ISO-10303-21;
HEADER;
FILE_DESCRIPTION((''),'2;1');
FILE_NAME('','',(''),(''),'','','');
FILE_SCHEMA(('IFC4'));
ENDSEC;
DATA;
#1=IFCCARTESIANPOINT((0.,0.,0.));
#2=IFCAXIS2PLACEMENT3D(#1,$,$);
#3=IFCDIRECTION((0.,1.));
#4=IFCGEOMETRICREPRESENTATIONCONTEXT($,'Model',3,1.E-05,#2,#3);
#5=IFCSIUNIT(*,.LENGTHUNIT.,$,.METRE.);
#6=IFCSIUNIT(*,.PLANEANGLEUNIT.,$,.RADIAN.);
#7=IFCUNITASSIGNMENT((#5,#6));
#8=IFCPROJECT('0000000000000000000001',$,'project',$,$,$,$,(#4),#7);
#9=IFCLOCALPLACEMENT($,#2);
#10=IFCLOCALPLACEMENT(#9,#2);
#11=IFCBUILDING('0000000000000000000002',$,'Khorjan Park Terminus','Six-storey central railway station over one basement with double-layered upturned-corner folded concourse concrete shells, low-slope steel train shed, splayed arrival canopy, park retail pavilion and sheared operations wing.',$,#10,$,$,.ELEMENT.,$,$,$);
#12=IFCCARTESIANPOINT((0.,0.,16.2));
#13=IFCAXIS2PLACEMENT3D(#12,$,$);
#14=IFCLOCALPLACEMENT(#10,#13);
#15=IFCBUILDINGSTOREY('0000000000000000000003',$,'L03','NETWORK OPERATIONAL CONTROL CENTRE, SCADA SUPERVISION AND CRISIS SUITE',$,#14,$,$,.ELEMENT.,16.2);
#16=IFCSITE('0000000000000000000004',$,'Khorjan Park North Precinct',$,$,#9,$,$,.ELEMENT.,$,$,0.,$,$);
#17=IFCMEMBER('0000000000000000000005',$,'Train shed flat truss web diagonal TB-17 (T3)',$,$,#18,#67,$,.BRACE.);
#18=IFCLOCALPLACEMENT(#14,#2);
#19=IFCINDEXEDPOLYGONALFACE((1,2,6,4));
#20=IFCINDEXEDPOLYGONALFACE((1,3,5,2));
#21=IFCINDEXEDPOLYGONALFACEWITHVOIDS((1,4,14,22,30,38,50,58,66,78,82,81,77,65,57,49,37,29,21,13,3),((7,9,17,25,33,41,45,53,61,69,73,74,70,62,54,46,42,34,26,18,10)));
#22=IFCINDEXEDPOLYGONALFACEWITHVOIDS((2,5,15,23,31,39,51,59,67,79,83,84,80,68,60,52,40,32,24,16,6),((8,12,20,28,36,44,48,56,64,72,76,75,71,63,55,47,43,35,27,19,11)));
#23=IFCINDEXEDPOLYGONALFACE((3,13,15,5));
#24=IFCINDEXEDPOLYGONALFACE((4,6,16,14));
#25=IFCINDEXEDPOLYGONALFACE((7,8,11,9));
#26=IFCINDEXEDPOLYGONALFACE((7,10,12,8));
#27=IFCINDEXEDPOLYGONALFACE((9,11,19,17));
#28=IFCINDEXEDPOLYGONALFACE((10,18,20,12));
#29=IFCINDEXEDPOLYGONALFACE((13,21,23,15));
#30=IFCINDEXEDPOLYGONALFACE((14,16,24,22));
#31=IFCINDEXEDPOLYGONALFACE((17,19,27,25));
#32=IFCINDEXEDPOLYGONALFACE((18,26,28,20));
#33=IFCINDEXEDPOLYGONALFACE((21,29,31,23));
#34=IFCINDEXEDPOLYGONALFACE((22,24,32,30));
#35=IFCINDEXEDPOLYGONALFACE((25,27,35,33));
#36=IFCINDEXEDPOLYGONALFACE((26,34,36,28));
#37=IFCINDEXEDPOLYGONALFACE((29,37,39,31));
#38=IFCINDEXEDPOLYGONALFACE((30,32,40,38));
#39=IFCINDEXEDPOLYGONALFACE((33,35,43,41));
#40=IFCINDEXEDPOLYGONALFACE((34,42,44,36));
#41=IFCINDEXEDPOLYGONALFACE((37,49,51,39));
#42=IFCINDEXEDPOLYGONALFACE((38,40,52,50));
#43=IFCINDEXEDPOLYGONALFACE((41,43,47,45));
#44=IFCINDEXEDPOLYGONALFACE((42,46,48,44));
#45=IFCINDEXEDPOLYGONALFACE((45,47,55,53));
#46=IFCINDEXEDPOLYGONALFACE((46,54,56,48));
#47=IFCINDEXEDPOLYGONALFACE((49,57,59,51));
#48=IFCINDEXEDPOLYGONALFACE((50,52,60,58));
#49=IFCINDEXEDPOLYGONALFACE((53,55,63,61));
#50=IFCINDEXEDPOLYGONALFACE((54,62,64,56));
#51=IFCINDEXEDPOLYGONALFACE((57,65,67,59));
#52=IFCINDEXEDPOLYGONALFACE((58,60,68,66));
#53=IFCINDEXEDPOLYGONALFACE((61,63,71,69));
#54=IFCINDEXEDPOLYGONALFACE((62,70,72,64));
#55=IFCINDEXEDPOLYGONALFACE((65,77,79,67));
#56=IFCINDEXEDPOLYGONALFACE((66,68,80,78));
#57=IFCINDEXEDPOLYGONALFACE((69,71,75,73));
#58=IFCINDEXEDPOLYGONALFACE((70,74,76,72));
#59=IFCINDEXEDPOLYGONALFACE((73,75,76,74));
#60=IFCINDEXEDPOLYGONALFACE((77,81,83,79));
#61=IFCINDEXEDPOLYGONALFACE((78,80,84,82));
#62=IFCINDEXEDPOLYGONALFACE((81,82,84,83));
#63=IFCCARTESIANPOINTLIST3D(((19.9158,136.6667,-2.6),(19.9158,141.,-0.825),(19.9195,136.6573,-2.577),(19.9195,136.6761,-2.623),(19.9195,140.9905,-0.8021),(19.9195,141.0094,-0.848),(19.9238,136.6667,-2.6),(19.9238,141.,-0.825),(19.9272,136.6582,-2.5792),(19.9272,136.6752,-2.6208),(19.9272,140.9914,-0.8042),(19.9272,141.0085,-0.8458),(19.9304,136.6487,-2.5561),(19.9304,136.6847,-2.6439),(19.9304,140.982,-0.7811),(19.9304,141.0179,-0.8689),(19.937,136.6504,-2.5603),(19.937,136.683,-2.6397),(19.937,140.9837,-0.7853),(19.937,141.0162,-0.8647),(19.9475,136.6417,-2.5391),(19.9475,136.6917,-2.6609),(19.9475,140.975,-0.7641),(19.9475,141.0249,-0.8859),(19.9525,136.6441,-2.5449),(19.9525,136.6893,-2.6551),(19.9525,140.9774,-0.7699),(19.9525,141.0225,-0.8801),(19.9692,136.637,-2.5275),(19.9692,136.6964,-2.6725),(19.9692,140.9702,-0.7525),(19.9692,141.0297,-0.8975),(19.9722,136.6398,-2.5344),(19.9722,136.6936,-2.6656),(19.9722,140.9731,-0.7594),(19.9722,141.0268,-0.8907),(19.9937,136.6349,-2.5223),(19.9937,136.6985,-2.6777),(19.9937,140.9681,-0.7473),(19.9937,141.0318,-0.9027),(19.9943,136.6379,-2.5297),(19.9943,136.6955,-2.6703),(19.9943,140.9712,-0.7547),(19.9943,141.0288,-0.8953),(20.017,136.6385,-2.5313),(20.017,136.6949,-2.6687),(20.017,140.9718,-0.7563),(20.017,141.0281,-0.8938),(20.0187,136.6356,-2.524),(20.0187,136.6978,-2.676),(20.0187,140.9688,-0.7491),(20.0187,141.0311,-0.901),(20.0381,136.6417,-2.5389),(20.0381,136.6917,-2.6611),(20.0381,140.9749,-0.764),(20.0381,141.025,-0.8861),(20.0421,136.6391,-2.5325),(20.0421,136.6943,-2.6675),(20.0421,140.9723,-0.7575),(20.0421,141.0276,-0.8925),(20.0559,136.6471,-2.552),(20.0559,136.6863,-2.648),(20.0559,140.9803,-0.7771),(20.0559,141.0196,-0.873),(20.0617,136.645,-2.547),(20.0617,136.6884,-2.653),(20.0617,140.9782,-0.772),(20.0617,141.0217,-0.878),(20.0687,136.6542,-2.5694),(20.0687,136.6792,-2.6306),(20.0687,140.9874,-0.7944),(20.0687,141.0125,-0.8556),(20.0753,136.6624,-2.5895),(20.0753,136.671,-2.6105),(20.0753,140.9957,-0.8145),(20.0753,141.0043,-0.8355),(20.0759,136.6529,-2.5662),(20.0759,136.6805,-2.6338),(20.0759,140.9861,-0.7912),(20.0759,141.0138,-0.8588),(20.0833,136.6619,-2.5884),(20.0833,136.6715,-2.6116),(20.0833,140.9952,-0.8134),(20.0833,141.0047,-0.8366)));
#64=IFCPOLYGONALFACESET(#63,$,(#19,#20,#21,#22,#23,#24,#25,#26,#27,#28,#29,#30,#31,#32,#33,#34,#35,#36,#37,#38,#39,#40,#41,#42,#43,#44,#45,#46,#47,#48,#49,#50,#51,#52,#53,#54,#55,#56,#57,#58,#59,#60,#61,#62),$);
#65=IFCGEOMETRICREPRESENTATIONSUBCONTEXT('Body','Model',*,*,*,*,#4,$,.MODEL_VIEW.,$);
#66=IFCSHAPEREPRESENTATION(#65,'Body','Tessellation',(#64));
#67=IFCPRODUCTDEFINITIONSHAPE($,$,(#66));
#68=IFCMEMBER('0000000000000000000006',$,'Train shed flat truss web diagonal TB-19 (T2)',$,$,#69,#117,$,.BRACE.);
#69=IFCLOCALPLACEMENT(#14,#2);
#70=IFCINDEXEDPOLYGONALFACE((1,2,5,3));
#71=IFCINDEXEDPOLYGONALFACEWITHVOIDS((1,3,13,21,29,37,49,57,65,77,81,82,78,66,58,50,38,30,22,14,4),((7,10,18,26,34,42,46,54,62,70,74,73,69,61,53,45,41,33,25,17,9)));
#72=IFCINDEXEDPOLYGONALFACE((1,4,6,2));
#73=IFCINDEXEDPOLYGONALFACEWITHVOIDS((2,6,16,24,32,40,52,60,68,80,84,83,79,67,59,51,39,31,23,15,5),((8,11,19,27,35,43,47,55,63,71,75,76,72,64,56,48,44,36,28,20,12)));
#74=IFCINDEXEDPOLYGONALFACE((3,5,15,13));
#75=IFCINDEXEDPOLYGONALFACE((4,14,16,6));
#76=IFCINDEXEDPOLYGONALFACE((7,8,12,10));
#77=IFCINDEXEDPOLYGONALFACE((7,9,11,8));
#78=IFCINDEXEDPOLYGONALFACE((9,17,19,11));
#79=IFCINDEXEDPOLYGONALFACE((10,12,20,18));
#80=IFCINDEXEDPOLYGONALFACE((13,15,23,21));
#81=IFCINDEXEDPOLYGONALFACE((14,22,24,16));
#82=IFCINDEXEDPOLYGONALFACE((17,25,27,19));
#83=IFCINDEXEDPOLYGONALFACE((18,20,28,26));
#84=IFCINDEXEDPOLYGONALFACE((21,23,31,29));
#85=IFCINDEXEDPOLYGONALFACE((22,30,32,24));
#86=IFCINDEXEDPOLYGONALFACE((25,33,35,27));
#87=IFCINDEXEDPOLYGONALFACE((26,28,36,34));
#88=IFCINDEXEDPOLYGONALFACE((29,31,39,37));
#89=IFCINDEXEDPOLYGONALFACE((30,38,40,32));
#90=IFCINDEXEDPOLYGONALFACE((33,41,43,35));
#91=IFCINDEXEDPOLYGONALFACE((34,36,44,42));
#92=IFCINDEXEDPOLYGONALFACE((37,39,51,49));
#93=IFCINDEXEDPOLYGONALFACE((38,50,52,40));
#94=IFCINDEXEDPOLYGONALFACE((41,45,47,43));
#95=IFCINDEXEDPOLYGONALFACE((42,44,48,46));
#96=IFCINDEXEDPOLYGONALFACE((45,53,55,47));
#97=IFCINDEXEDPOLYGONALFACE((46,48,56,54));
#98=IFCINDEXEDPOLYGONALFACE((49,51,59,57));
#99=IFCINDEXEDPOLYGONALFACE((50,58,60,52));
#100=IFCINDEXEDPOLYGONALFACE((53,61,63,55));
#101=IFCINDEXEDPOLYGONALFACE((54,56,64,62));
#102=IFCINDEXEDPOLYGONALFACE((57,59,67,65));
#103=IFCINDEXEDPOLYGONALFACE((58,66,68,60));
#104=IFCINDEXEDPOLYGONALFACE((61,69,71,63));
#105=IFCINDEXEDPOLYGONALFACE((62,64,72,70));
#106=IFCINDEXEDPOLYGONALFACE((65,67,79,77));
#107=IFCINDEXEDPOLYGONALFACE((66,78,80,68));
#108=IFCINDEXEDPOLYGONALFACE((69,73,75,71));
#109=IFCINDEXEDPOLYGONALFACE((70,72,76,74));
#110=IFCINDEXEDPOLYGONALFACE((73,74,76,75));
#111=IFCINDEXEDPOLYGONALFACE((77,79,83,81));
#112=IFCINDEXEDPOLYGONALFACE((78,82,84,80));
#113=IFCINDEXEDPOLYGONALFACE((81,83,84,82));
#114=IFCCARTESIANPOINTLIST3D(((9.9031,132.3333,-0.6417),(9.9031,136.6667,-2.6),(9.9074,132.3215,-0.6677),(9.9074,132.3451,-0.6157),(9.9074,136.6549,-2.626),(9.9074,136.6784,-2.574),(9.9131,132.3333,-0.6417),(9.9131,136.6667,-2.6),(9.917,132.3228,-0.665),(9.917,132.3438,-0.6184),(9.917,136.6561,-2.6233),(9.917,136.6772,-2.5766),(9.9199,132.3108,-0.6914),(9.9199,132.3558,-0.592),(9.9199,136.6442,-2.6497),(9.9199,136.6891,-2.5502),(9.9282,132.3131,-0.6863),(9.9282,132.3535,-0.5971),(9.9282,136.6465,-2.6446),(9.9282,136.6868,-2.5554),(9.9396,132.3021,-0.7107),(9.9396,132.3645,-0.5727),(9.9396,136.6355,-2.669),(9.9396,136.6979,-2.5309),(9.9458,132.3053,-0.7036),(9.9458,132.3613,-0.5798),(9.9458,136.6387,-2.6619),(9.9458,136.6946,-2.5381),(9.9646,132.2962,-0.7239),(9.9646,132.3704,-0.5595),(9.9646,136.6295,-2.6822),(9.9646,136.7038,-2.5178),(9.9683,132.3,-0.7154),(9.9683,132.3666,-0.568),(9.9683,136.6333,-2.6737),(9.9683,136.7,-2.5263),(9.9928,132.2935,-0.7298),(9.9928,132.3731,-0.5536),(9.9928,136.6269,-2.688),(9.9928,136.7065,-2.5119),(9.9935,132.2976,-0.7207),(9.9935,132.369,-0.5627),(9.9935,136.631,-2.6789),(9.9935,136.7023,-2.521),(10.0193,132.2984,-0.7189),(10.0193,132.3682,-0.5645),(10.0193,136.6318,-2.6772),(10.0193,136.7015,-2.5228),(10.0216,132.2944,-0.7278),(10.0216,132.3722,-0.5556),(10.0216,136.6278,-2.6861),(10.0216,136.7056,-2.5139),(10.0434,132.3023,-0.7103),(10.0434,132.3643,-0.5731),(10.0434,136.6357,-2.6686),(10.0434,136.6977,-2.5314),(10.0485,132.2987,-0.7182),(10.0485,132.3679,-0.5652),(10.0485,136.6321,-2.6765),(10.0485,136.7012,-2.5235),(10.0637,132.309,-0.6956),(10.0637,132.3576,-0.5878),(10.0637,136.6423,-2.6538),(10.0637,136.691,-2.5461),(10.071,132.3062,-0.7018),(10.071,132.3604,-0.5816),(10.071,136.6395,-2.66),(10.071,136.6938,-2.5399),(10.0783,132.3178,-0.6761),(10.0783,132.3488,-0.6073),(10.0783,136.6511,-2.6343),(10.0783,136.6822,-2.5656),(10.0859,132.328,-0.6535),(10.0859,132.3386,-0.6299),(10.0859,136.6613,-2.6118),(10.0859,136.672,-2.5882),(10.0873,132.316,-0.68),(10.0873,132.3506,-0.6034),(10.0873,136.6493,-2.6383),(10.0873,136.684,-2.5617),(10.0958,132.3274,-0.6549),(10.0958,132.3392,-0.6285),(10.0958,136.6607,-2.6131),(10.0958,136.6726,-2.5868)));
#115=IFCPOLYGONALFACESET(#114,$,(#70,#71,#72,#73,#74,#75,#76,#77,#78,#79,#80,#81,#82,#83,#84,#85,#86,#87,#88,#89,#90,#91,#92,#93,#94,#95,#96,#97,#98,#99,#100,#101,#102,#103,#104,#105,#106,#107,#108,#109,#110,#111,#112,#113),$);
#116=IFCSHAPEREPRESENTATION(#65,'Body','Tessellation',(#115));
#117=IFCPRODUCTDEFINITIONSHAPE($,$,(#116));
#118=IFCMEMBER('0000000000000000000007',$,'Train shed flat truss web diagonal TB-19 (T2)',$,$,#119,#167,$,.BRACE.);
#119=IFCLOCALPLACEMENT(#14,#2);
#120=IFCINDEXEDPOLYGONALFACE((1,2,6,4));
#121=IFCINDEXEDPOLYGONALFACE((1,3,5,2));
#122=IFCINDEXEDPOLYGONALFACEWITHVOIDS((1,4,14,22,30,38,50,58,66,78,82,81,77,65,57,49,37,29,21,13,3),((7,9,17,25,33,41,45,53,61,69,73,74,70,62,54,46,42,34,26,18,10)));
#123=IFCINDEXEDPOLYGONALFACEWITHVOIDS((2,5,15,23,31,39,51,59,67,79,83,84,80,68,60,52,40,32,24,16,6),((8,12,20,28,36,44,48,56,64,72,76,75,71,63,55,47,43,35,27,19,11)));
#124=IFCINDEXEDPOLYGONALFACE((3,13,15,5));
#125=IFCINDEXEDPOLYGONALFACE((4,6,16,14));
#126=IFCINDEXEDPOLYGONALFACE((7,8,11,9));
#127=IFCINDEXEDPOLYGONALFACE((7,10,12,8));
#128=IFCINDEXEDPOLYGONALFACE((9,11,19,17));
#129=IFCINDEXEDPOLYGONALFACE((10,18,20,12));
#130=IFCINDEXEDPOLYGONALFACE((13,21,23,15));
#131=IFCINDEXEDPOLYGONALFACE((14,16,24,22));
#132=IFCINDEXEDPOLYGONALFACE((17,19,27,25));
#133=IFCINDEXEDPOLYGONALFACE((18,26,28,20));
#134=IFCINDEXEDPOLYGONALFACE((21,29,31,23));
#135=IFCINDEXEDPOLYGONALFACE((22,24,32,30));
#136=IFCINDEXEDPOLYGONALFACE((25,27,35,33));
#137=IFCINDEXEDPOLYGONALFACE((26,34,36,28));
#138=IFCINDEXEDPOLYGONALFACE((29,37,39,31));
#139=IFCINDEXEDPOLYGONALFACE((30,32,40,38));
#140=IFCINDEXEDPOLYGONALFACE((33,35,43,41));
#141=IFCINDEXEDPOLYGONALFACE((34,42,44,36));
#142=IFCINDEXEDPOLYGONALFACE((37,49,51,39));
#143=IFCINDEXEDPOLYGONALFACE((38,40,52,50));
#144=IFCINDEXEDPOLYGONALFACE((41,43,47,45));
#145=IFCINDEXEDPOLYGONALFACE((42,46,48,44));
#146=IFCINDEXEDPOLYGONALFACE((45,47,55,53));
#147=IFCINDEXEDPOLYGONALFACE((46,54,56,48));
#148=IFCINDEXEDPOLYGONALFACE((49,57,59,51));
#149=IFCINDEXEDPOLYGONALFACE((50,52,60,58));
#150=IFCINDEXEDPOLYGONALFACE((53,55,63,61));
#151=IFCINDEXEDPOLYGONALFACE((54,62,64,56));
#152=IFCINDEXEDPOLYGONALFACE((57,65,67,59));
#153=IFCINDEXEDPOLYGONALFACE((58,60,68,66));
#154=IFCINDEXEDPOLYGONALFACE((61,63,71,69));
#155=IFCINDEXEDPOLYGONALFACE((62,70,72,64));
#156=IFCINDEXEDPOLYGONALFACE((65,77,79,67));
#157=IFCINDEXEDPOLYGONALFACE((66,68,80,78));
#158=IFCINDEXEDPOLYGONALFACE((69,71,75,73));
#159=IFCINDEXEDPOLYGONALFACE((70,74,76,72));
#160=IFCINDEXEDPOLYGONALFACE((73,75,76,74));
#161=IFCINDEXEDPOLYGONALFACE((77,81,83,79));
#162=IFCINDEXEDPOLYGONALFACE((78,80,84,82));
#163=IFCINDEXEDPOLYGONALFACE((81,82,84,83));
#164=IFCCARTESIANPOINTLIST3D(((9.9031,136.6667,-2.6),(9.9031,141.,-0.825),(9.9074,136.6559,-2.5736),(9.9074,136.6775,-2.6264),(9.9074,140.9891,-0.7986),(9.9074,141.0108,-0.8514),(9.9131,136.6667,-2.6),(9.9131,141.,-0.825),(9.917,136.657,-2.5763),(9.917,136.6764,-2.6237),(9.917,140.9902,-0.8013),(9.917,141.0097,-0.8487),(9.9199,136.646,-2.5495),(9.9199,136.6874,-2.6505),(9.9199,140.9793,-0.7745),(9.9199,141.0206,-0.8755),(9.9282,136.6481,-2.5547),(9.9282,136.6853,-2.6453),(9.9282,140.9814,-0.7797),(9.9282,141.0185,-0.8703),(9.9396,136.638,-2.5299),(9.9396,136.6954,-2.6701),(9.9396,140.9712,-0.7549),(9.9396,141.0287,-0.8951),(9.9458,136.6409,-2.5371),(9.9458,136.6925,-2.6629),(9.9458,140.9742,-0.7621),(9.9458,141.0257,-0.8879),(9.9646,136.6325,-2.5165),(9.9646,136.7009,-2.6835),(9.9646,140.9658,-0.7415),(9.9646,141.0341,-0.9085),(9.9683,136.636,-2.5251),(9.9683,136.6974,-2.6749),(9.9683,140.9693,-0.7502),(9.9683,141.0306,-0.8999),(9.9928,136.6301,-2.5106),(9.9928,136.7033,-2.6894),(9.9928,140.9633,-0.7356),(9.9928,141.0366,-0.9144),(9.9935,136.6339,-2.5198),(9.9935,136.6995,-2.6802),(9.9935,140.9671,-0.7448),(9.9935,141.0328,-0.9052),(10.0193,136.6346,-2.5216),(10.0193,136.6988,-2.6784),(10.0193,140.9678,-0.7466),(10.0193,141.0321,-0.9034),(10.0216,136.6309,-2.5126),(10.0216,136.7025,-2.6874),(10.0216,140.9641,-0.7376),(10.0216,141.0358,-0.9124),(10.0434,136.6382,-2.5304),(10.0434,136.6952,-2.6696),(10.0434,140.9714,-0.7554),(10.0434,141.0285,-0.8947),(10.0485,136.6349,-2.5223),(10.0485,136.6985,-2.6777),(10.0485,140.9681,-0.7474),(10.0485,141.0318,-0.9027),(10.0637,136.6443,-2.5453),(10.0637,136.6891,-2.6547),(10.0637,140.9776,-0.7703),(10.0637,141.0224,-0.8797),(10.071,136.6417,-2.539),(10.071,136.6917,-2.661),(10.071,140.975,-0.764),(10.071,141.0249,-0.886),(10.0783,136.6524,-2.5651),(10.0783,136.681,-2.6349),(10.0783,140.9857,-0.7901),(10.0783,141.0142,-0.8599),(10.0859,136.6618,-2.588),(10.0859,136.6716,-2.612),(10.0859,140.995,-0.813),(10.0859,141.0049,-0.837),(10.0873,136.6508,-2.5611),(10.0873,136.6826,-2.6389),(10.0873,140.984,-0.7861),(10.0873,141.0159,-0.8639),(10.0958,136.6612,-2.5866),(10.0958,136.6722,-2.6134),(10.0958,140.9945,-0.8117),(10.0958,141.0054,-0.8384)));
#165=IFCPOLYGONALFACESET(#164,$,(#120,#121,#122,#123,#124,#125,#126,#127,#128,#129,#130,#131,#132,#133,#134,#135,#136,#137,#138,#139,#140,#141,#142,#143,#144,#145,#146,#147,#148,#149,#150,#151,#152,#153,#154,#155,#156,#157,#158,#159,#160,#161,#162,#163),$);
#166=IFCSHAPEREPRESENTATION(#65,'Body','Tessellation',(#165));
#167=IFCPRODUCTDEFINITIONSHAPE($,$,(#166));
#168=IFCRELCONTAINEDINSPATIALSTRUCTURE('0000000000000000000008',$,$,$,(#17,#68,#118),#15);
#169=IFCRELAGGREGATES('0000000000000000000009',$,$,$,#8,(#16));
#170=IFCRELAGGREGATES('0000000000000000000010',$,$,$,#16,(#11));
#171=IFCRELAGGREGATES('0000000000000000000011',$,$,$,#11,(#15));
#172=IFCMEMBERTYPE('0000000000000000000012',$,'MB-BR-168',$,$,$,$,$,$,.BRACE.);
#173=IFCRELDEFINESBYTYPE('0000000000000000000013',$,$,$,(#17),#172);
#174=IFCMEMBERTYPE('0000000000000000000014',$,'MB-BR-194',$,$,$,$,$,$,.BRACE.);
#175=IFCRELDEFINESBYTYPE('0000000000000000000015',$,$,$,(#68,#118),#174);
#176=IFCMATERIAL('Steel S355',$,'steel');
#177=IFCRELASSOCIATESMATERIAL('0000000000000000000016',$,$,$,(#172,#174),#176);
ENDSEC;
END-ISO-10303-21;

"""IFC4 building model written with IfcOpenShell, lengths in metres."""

from ifc_helpers import new_model, si_unit, direction, frame, origin, origin_2d, place, context, subcontext, project, spatial, hollow_circle, extrude, material, material_profile, profile_set, type_object, element, save


model = new_model("IFC4")

# Units and contexts
model_context = context("Model", 3, precision=1e-05, world=origin(), true_north=direction((0.0, 1.0)))
body_context = subcontext(model_context, "Body", "Model", "MODEL_VIEW")
ifc_project = project(units=[si_unit("LENGTHUNIT", "METRE"), si_unit("PLANEANGLEUNIT", "RADIAN")], contexts=[model_context])

# Site, building, storey
site_placement = place(None, origin())
site = spatial("IfcSite", under=ifc_project, at=site_placement, Name="Khorjan Park North Precinct", CompositionType="ELEMENT", RefElevation=0.0)
building_placement = place(site_placement, origin())
building = spatial("IfcBuilding", under=site, at=building_placement, Name="Khorjan Park Terminus", Description="Six-storey central railway station over one basement with double-layered upturned-corner folded concourse concrete shells, low-slope steel train shed, splayed arrival canopy, park retail pavilion and sheared operations wing.", CompositionType="ELEMENT")
storey_placement = place(building_placement, frame((0.0, 0.0, 16.2)))
storey = spatial("IfcBuildingStorey", under=building, at=storey_placement, Name="L03", Description="NETWORK OPERATIONAL CONTROL CENTRE, SCADA SUPERVISION AND CRISIS SUITE", CompositionType="ELEMENT", Elevation=16.2)

# Members
ifc_material = material(Name="Steel S355", Category="steel")
ifc_material_profile_1 = material_profile(ifc_material, hollow_circle(Radius=0.0842, WallThickness=0.008, at=origin_2d()), Name="CHS 168.3x8")
ifc_profile_set_1 = profile_set([ifc_material_profile_1], Name="Steel S355")
member_type_1 = type_object("IfcMemberType", Name="MB-BR-168", PredefinedType="BRACE", material=ifc_profile_set_1)
member_1_placement = place(storey_placement, frame((20.0, 136.6667, -2.6), z_axis=(0.0, 0.925376, 0.379051), x_axis=(-1.0, 0.0, 0.0)))
element("IfcMember", 1, at=member_1_placement, inside=storey, type_object=member_type_1, Name="Train shed flat truss web diagonal TB-17 (T3)", PredefinedType="BRACE", context=body_context, shape_type="SweptSolid", body=[
    extrude(hollow_circle(Radius=0.0842, WallThickness=0.008, at=origin_2d()), origin(), (0.0, 0.0, 1.0), 4.6827),
])
ifc_material_profile_2 = material_profile(ifc_material, hollow_circle(Radius=0.0969, WallThickness=0.01, at=origin_2d()), Name="CHS 193.7x10")
ifc_profile_set_2 = profile_set([ifc_material_profile_2], Name="Steel S355")
member_type_2 = type_object("IfcMemberType", Name="MB-BR-194", PredefinedType="BRACE", material=ifc_profile_set_2)
member_2_placement = place(storey_placement, frame((10.0, 132.3333, -0.6417), z_axis=(0.0, 0.91127, -0.41181), x_axis=(-1.0, 0.0, 0.0)))
element("IfcMember", 2, at=member_2_placement, inside=storey, type_object=member_type_2, Name="Train shed flat truss web diagonal TB-19 (T2)", PredefinedType="BRACE", context=body_context, shape_type="SweptSolid", body=[
    extrude(hollow_circle(Radius=0.0969, WallThickness=0.01, at=origin_2d()), origin(), (0.0, 0.0, 1.0), 4.7553),
])
member_3_placement = place(storey_placement, frame((10.0, 136.6667, -2.6), z_axis=(0.0, 0.925376, 0.379051), x_axis=(-1.0, 0.0, 0.0)))
element("IfcMember", 3, at=member_3_placement, inside=storey, type_object=member_type_2, Name="Train shed flat truss web diagonal TB-19 (T2)", PredefinedType="BRACE", context=body_context, shape_type="SweptSolid", body=[
    extrude(hollow_circle(Radius=0.0969, WallThickness=0.01, at=origin_2d()), origin(), (0.0, 0.0, 1.0), 4.6827),
])

save(model, "model.ifc")
